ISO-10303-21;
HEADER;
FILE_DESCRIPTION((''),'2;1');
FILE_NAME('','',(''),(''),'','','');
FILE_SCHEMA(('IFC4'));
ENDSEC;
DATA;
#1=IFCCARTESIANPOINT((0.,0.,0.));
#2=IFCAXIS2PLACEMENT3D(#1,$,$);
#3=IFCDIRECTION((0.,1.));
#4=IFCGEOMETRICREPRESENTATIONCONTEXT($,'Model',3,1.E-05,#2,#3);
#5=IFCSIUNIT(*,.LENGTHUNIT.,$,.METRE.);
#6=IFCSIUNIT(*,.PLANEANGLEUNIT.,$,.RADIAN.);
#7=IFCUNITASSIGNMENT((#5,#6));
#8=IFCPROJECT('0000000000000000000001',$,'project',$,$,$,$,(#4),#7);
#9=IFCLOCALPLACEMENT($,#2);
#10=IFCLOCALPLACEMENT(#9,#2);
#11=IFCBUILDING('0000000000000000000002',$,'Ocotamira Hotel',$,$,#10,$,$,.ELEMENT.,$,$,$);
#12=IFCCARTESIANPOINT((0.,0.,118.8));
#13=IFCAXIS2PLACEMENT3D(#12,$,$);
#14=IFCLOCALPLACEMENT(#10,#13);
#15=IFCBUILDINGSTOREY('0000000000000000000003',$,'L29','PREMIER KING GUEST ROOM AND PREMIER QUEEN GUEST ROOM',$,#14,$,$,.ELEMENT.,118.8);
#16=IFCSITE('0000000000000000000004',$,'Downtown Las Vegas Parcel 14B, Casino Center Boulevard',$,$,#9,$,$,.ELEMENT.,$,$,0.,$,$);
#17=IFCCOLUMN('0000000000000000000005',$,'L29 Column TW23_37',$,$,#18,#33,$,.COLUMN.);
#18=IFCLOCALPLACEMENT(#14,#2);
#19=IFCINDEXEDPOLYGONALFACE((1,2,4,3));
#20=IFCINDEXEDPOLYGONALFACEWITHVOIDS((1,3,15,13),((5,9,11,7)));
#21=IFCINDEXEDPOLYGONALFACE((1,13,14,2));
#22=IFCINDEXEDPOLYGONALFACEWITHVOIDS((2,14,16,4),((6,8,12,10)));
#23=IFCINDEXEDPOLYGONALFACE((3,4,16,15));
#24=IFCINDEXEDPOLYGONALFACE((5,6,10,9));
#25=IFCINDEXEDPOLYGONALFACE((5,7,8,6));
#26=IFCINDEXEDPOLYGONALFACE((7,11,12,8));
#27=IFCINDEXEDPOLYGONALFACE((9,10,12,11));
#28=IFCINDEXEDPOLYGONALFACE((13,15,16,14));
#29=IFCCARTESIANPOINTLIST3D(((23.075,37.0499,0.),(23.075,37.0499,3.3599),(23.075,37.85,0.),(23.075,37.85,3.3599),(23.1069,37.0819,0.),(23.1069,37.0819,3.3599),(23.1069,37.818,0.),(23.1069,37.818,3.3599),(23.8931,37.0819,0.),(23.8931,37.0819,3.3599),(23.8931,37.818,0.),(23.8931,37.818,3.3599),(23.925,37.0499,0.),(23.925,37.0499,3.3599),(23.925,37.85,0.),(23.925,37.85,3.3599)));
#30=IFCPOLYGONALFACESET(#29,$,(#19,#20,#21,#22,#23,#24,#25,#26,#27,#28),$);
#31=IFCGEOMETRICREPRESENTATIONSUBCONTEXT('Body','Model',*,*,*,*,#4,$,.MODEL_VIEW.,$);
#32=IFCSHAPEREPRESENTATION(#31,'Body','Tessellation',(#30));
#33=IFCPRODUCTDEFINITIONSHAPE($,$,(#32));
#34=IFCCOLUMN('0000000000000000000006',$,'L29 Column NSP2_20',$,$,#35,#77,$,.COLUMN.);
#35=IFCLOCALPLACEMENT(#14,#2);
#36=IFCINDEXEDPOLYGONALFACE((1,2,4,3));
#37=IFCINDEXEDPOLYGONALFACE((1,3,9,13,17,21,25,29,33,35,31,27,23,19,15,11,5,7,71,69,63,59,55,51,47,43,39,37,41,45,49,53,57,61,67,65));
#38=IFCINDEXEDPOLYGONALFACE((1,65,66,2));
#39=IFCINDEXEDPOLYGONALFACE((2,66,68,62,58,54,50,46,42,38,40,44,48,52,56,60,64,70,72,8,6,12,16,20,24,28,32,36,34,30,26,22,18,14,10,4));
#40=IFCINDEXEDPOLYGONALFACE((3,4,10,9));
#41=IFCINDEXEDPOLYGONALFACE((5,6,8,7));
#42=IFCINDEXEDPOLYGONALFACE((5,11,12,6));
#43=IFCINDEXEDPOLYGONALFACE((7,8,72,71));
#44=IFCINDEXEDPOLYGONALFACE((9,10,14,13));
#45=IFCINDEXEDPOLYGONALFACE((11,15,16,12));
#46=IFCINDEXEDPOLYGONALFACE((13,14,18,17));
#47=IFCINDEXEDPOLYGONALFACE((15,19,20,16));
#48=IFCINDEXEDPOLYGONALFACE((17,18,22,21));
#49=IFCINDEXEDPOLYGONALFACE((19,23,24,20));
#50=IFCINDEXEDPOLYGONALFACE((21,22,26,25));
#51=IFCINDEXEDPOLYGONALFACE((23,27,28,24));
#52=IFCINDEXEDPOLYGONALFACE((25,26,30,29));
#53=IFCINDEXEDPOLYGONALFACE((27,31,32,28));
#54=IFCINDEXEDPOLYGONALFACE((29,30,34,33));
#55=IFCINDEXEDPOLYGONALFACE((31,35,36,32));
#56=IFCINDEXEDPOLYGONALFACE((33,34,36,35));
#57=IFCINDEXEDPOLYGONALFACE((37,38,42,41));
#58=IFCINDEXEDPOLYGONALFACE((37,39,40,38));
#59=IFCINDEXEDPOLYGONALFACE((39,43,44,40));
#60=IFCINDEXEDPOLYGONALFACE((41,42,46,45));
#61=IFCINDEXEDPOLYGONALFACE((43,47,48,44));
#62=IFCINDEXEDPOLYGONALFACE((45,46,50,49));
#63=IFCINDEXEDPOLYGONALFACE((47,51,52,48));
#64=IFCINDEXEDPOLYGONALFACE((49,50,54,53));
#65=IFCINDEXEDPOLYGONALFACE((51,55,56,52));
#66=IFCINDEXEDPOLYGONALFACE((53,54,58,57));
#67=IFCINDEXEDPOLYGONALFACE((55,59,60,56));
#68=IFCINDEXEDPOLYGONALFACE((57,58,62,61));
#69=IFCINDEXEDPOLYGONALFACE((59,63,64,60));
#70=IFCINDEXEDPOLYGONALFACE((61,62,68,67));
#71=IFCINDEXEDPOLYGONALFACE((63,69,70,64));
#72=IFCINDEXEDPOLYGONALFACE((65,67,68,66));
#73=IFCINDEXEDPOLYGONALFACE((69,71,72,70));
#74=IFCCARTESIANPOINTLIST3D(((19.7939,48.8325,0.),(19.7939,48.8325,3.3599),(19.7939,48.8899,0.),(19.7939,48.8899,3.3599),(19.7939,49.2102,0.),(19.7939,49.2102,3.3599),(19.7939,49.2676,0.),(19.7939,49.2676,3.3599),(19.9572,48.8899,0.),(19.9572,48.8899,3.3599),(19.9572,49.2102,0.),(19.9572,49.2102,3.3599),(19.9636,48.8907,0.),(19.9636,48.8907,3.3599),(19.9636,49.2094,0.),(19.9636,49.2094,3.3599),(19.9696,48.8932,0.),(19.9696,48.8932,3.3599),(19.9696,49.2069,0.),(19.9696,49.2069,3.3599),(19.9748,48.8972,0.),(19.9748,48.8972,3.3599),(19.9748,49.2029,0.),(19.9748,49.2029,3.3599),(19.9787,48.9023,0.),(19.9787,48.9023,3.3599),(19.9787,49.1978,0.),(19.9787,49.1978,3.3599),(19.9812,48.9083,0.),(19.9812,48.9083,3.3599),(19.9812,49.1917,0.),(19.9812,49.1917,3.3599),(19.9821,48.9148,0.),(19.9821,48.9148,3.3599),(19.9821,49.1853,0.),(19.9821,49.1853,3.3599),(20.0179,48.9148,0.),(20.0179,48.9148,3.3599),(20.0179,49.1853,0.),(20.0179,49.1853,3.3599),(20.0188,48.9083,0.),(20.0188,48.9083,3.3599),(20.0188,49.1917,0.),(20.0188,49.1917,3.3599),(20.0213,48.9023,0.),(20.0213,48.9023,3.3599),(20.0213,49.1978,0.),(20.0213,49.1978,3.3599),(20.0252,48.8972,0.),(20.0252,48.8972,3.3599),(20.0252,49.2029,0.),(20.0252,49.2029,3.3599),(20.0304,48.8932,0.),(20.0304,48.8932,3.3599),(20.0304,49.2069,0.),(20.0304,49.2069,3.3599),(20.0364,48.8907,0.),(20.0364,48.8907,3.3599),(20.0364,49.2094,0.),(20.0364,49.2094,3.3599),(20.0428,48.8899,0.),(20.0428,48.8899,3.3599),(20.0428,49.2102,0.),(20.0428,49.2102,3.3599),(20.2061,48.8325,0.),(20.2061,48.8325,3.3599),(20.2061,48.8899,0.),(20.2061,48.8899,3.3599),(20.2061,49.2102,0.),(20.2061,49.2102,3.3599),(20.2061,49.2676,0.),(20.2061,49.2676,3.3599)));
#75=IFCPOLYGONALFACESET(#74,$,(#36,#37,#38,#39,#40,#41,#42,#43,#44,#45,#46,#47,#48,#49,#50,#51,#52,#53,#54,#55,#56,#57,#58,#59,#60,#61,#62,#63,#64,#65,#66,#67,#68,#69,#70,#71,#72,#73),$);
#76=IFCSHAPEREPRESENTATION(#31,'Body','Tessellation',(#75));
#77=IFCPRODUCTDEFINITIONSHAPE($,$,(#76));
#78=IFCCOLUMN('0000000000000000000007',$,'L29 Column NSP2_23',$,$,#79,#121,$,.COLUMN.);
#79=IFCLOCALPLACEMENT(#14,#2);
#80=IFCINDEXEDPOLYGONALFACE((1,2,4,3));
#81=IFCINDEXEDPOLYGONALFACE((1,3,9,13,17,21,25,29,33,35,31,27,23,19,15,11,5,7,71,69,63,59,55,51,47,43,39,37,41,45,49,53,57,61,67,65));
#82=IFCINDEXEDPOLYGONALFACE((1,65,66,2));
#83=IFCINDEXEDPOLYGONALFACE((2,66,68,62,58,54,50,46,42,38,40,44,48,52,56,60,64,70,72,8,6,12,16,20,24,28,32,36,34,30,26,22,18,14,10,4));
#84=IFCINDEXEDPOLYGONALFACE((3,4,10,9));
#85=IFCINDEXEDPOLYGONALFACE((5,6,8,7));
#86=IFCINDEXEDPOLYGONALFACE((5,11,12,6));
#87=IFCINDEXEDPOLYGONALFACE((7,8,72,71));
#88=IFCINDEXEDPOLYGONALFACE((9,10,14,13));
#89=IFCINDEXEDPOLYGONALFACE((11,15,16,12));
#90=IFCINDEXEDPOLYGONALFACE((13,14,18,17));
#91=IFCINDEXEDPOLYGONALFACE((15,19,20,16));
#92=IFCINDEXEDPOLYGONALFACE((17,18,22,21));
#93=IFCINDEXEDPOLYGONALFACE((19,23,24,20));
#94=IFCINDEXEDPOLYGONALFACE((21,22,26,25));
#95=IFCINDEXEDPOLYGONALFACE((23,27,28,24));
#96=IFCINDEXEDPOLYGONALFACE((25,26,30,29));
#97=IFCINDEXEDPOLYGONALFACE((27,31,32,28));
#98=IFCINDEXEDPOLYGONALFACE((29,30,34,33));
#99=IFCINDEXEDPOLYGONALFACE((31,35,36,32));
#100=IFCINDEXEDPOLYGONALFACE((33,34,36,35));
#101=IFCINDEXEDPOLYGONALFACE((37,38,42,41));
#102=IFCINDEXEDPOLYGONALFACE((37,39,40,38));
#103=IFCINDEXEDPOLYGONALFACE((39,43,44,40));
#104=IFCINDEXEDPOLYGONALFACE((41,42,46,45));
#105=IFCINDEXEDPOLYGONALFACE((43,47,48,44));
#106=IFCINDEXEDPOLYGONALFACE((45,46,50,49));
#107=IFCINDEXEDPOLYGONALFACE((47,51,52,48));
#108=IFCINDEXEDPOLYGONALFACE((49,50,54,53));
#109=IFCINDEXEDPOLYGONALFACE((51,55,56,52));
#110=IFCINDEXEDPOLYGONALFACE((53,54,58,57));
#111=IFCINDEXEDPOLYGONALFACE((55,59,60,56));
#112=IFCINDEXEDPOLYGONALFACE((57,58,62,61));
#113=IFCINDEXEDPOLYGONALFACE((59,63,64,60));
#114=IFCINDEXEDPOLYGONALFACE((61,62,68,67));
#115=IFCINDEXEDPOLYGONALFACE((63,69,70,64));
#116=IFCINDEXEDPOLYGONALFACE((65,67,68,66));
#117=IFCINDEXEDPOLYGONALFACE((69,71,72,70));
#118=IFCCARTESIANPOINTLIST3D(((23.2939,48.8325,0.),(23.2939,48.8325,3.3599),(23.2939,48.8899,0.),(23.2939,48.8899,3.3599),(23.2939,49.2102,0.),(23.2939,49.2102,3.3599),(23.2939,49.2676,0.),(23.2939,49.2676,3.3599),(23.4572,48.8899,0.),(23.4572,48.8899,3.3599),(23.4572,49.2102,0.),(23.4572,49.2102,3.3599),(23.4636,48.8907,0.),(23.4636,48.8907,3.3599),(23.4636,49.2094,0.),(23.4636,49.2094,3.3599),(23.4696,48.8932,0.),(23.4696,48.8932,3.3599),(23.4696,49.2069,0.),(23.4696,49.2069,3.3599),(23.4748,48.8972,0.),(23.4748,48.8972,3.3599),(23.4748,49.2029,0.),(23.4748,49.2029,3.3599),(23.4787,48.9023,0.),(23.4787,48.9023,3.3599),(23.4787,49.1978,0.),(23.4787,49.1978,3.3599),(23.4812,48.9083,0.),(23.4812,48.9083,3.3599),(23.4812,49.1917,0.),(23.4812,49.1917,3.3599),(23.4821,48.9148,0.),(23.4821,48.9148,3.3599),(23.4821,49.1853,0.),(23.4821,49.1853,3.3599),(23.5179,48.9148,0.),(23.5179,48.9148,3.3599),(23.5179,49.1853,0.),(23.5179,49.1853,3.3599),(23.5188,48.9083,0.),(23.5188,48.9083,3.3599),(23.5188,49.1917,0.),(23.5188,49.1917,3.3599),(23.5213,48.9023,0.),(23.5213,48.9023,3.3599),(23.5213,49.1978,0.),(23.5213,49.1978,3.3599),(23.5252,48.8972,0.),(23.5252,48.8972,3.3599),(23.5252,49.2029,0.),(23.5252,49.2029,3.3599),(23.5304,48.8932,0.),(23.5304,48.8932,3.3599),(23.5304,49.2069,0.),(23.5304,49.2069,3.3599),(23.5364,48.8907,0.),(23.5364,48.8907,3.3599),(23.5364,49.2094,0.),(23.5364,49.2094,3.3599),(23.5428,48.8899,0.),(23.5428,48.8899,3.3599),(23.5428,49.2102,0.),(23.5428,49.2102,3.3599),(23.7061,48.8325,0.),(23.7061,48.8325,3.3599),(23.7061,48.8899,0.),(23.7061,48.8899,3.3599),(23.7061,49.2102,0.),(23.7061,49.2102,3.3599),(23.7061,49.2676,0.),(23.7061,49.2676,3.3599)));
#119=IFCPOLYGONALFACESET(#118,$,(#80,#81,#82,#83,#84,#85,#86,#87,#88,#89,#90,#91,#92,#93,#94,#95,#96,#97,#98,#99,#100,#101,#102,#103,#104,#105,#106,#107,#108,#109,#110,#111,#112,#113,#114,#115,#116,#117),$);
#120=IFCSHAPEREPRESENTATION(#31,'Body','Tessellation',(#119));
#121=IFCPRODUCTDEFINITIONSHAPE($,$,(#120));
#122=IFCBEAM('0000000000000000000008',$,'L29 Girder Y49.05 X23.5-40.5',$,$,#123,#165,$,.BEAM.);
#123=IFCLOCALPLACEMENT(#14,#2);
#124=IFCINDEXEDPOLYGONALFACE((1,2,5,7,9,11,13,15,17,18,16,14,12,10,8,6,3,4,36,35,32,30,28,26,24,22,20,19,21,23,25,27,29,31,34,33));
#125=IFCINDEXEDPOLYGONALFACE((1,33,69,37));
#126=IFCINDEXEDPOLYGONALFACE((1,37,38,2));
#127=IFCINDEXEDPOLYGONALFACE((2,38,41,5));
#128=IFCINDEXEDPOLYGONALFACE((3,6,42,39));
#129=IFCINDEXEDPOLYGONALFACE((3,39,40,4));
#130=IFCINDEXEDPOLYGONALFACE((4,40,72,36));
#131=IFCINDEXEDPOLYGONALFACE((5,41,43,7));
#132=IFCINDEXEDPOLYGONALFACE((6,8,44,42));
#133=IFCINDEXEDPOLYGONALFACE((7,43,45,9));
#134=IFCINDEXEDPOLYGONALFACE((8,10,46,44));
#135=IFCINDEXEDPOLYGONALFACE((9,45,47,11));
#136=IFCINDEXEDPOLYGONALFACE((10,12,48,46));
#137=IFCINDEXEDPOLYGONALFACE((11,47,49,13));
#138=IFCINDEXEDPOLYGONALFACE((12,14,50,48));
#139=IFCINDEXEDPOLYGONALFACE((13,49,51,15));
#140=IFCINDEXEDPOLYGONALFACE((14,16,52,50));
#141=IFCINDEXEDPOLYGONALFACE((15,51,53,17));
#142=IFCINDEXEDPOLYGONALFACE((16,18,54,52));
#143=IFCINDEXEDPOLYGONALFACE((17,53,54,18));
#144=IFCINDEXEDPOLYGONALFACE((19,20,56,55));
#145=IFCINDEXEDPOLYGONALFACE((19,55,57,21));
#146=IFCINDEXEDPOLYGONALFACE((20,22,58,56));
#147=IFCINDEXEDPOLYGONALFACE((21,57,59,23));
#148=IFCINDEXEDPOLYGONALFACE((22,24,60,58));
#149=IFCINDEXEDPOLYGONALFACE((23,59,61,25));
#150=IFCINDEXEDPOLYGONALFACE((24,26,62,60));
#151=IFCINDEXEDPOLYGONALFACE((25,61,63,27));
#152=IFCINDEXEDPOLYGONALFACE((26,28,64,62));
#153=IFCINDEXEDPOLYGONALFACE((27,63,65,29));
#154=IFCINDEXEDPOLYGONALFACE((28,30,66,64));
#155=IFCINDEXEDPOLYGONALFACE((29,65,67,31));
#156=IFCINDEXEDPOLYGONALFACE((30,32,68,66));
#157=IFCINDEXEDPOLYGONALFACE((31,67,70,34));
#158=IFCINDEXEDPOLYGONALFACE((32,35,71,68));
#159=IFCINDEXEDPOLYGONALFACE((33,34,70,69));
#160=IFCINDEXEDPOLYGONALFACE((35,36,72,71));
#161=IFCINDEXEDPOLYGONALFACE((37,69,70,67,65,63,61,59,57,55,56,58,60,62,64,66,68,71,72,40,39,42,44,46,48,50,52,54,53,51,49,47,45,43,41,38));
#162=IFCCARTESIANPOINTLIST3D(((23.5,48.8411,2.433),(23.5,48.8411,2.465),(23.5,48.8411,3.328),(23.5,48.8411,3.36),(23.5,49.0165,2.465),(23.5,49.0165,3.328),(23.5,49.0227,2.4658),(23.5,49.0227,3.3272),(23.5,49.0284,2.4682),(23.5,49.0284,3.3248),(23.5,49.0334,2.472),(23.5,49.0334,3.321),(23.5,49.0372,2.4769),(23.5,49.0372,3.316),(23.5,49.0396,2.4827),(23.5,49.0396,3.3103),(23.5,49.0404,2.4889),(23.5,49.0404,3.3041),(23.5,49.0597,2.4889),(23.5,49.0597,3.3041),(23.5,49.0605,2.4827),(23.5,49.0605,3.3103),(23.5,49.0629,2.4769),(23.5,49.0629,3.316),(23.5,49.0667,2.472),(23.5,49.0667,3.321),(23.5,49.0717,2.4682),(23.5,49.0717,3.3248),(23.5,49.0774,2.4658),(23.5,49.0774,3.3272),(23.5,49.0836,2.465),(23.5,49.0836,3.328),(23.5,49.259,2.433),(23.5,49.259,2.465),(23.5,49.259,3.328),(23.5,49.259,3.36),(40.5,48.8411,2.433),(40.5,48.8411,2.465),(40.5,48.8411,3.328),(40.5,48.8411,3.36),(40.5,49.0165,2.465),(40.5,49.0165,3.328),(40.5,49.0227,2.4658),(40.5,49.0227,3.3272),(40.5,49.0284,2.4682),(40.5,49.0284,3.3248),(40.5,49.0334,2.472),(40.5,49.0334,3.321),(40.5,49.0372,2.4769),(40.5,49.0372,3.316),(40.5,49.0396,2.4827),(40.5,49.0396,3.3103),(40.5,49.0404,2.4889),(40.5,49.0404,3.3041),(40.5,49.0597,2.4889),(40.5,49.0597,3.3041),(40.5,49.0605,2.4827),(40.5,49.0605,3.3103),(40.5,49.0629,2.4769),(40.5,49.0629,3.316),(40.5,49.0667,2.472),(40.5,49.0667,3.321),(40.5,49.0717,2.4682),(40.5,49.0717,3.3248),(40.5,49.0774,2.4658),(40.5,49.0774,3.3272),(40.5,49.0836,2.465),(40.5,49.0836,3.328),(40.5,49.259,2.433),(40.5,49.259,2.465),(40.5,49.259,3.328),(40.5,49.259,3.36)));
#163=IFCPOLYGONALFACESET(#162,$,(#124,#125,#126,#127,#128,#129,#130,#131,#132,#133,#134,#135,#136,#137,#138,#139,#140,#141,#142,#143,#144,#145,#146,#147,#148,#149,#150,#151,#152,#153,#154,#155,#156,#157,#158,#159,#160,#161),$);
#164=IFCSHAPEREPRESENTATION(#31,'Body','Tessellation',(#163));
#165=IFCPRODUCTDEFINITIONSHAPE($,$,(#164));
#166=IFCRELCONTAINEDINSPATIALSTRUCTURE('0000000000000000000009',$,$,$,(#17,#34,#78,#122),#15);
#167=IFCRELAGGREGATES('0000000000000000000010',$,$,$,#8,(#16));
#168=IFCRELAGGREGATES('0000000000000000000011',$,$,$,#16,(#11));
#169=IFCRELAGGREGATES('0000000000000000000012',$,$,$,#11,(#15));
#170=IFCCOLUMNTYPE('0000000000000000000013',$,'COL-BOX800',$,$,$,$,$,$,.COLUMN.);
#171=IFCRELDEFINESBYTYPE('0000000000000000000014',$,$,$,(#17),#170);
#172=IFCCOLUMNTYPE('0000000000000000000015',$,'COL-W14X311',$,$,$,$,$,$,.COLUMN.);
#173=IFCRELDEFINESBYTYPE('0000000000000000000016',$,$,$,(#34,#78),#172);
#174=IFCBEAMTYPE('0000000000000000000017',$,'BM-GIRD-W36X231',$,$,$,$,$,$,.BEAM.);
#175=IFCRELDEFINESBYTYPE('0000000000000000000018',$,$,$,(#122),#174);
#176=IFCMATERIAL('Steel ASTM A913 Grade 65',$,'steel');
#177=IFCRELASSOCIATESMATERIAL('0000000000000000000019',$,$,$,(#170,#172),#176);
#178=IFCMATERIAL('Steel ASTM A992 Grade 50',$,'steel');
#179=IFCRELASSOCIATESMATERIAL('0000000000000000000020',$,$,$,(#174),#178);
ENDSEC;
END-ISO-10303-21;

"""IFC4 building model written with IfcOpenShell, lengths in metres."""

from ifc_helpers import new_model, si_unit, direction, frame, origin, origin_2d, place, context, subcontext, project, spatial, hollow_rectangle, i_section, extrude, source, transform, mapped, material, material_profile, profile_set, type_object, element, save


model = new_model("IFC4")

# Units and contexts
model_context = context("Model", 3, precision=1e-05, world=origin(), true_north=direction((0.0, 1.0)))
body_context = subcontext(model_context, "Body", "Model", "MODEL_VIEW")
ifc_project = project(units=[si_unit("LENGTHUNIT", "METRE"), si_unit("PLANEANGLEUNIT", "RADIAN")], contexts=[model_context])

# Site, building, storey
site_placement = place(None, origin())
site = spatial("IfcSite", under=ifc_project, at=site_placement, Name="Downtown Las Vegas Parcel 14B, Casino Center Boulevard", CompositionType="ELEMENT", RefElevation=0.0)
building_placement = place(site_placement, origin())
building = spatial("IfcBuilding", under=site, at=building_placement, Name="Ocotamira Hotel", CompositionType="ELEMENT")
storey_placement = place(building_placement, frame((0.0, 0.0, 118.8)))
storey = spatial("IfcBuildingStorey", under=building, at=storey_placement, Name="L29", Description="PREMIER KING GUEST ROOM AND PREMIER QUEEN GUEST ROOM", CompositionType="ELEMENT", Elevation=118.8)

# Columns
ifc_material_1 = material(Name="Steel ASTM A913 Grade 65", Category="steel")
ifc_material_profile_1 = material_profile(ifc_material_1, hollow_rectangle(XDim=0.8501, YDim=0.8, WallThickness=0.032, at=origin_2d()), Name="BOX800X850X32")
ifc_profile_set_1 = profile_set([ifc_material_profile_1], Name="Steel ASTM A913 Grade 65")
column_type_1 = type_object("IfcColumnType", Name="COL-BOX800", PredefinedType="COLUMN", material=ifc_profile_set_1)
shared_shape_1 = source(origin(), body_context, "Body", "SweptSolid", [
    extrude(hollow_rectangle(XDim=0.8501, YDim=0.8, WallThickness=0.032, at=origin_2d()), origin(), (0.0, 0.0, 1.0), 3.3599),
])
column_placement = place(storey_placement, frame((23.5, 37.45, 0.0), z_axis=(0.0, 0.0, 1.0), x_axis=(1.0, 0.0, 0.0)))
element("IfcColumn", 1, at=column_placement, inside=storey, type_object=column_type_1, Name="L29 Column TW23_37", PredefinedType="COLUMN", context=body_context, shape_type="MappedRepresentation", body=[
    mapped(shared_shape_1, transform((0.0, 0.0, 0.0), scale=1.0)),
])
ifc_material_profile_2 = material_profile(ifc_material_1, i_section(OverallWidth=0.4121, OverallDepth=0.4351, WebThickness=0.0359, FlangeThickness=0.0574, FilletRadius=0.0249, at=origin_2d()), Name="W14X311")
ifc_profile_set_2 = profile_set([ifc_material_profile_2], Name="Steel ASTM A913 Grade 65")
column_type_2 = type_object("IfcColumnType", Name="COL-W14X311", PredefinedType="COLUMN", material=ifc_profile_set_2)
shared_shape_2 = source(origin(), body_context, "Body", "SweptSolid", [
    extrude(i_section(OverallWidth=0.4121, OverallDepth=0.4351, WebThickness=0.0359, FlangeThickness=0.0574, FilletRadius=0.0249, at=origin_2d()), origin(), (0.0, 0.0, 1.0), 3.3599),
])
for number, where, z_axis, x_axis, name in (
    (2, (20.0, 49.05, 0.0), (0.0, 0.0, 1.0), (1.0, 0.0, 0.0), "L29 Column NSP2_20"),
    (3, (23.5, 49.05, 0.0), (0.0, 0.0, 1.0), (1.0, 0.0, 0.0), "L29 Column NSP2_23"),
):
    element("IfcColumn", number, at=place(storey_placement, frame(where, z_axis=z_axis, x_axis=x_axis)), inside=storey, type_object=column_type_2, Name=name, PredefinedType="COLUMN", context=body_context, shape_type="MappedRepresentation", body=[
        mapped(shared_shape_2, transform((0.0, 0.0, 0.0), scale=1.0)),
    ])

# Beam
ifc_material_2 = material(Name="Steel ASTM A992 Grade 50", Category="steel")
ifc_material_profile_3 = material_profile(ifc_material_2, i_section(OverallWidth=0.418, OverallDepth=0.927, WebThickness=0.0193, FlangeThickness=0.032, FilletRadius=0.0239, at=origin_2d()), Name="W36X231")
ifc_profile_set_3 = profile_set([ifc_material_profile_3], Name="Steel ASTM A992 Grade 50")
beam_type_1 = type_object("IfcBeamType", Name="BM-GIRD-W36X231", PredefinedType="BEAM", material=ifc_profile_set_3)
shared_shape_3 = source(origin(), body_context, "Body", "SweptSolid", [
    extrude(i_section(OverallWidth=0.418, OverallDepth=0.927, WebThickness=0.0193, FlangeThickness=0.032, FilletRadius=0.0239, at=origin_2d()), origin(), (0.0, 0.0, 1.0), 17.0),
])
beam_1_placement = place(storey_placement, frame((23.5, 49.05, 2.8965), z_axis=(1.0, 0.0, 0.0), x_axis=(0.0, 1.0, 0.0)))
element("IfcBeam", 4, at=beam_1_placement, inside=storey, type_object=beam_type_1, Name="L29 Girder Y49.05 X23.5-40.5", PredefinedType="BEAM", context=body_context, shape_type="MappedRepresentation", body=[
    mapped(shared_shape_3, transform((0.0, 0.0, 0.0), scale=1.0)),
])

save(model, "model.ifc")
